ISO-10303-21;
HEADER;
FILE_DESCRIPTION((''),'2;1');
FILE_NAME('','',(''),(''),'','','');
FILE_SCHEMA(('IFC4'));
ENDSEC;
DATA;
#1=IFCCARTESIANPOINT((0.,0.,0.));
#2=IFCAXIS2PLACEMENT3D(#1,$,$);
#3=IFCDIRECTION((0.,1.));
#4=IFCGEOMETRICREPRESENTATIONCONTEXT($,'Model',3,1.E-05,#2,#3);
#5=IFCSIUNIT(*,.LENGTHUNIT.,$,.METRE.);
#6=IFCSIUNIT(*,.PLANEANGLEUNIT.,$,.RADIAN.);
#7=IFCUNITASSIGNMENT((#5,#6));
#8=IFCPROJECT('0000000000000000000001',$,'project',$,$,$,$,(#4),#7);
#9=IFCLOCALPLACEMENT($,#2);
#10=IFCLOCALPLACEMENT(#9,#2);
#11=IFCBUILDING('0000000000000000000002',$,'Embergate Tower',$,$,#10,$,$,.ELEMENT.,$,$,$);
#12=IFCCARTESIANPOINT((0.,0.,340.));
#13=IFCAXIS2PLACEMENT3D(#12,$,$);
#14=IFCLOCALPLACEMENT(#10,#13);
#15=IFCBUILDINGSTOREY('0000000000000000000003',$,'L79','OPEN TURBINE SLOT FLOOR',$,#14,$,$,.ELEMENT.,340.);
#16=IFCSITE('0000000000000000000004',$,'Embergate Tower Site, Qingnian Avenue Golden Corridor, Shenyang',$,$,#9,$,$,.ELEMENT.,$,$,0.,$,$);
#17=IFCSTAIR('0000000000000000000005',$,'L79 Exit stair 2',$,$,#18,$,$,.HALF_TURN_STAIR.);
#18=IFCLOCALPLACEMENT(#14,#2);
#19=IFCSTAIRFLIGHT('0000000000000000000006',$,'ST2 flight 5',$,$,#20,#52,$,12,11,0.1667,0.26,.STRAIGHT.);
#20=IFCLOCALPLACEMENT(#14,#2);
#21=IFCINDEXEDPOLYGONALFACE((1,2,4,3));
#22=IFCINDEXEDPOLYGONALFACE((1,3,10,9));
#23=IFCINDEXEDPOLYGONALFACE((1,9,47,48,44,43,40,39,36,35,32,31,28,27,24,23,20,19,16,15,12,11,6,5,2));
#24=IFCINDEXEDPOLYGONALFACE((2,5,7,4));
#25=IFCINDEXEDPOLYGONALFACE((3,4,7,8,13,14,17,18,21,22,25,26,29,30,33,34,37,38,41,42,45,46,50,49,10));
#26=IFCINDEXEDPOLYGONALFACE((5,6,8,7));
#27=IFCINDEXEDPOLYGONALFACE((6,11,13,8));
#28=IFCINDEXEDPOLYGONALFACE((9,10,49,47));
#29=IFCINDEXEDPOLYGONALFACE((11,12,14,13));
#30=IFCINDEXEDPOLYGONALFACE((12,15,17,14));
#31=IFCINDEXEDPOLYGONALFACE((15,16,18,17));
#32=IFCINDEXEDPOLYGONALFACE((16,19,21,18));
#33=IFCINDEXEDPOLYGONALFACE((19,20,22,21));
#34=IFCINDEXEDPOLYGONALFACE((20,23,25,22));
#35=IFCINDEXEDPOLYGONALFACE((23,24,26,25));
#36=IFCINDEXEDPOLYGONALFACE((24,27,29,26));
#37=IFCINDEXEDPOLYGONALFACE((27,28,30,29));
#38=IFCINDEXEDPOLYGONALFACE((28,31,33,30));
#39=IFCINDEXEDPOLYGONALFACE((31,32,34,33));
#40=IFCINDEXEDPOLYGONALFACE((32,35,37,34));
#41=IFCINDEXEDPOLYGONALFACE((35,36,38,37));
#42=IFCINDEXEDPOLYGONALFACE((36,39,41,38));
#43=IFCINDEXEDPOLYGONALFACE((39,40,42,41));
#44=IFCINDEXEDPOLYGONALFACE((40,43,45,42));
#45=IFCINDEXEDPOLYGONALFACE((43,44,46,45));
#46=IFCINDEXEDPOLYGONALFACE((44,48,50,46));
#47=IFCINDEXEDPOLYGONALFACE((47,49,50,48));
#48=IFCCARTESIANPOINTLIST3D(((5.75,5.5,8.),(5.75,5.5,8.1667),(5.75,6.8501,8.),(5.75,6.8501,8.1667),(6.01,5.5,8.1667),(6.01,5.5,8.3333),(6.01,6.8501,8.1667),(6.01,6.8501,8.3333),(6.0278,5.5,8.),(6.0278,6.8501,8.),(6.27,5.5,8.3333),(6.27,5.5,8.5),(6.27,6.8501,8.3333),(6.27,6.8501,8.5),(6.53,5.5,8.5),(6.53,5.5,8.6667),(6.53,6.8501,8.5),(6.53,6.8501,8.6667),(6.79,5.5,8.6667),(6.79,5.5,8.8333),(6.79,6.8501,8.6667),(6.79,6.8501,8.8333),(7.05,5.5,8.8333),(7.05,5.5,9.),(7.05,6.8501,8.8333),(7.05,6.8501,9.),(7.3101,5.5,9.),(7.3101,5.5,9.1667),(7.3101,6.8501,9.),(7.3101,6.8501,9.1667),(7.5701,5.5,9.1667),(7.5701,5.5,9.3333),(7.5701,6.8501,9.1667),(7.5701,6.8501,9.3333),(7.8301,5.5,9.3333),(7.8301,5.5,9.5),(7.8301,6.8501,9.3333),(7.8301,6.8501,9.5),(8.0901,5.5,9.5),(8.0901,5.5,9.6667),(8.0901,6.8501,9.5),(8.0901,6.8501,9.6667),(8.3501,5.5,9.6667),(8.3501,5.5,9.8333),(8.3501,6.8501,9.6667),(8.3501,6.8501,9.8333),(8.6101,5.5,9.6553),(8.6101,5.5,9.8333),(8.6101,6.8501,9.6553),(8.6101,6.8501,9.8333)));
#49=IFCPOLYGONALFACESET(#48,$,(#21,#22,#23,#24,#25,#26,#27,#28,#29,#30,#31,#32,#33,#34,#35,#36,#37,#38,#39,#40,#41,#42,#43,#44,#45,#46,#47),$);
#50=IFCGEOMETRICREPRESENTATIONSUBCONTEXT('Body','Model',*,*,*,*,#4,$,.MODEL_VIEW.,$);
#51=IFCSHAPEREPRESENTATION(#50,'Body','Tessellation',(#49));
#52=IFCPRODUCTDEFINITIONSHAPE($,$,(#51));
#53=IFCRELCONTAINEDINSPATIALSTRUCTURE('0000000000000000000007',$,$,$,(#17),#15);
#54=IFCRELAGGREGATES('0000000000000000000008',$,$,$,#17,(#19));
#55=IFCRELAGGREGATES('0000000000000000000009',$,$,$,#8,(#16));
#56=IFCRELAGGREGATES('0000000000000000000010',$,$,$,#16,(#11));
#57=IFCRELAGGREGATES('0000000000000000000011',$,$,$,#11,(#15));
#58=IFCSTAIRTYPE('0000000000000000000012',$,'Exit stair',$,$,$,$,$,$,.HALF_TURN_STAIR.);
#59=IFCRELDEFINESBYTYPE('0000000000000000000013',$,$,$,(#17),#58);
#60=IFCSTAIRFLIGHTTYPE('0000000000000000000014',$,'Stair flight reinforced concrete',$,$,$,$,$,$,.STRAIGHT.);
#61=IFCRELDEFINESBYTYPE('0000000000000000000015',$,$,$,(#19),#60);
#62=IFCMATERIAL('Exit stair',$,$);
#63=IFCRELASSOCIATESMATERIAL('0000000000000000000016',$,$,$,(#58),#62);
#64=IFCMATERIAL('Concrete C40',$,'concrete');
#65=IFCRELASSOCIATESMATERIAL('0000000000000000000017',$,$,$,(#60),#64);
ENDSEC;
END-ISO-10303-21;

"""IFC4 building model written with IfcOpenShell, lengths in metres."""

from ifc_helpers import new_model, si_unit, direction, frame, origin, place, context, subcontext, project, spatial, polyline, outline, extrude, source, transform, mapped, material, type_object, element, aggregate, save


model = new_model("IFC4")

# Units and contexts
model_context = context("Model", 3, precision=1e-05, world=origin(), true_north=direction((0.0, 1.0)))
body_context = subcontext(model_context, "Body", "Model", "MODEL_VIEW")
ifc_project = project(units=[si_unit("LENGTHUNIT", "METRE"), si_unit("PLANEANGLEUNIT", "RADIAN")], contexts=[model_context])

# Site, building, storey
site_placement = place(None, origin())
site = spatial("IfcSite", under=ifc_project, at=site_placement, Name="Embergate Tower Site, Qingnian Avenue Golden Corridor, Shenyang", CompositionType="ELEMENT", RefElevation=0.0)
building_placement = place(site_placement, origin())
building = spatial("IfcBuilding", under=site, at=building_placement, Name="Embergate Tower", CompositionType="ELEMENT")
storey_placement = place(building_placement, frame((0.0, 0.0, 340.0)))
storey = spatial("IfcBuildingStorey", under=building, at=storey_placement, Name="L79", Description="OPEN TURBINE SLOT FLOOR", CompositionType="ELEMENT", Elevation=340.0)

# Stair
ifc_material_1 = material(Name="Exit stair")
stair_type = type_object("IfcStairType", Name="Exit stair", PredefinedType="HALF_TURN_STAIR", material=ifc_material_1)
stair_placement = place(storey_placement, origin())
stair = element("IfcStair", 1, at=stair_placement, inside=storey, type_object=stair_type, Name="L79 Exit stair 2", PredefinedType="HALF_TURN_STAIR")
ifc_material_2 = material(Name="Concrete C40", Category="concrete")

# Stair flight
stair_flight_type = type_object("IfcStairFlightType", Name="Stair flight reinforced concrete", PredefinedType="STRAIGHT", material=ifc_material_2)
shared_shape_1 = source(origin(), body_context, "Body", "SweptSolid", [
    extrude(outline(polyline([(0.0, 0.0), (0.0, 0.1667), (0.26, 0.1667), (0.26, 0.3333), (0.52, 0.3333), (0.52, 0.5), (0.78, 0.5), (0.78, 0.6667), (1.04, 0.6667), (1.04, 0.8333), (1.3, 0.8333), (1.3, 1.0), (1.5601, 1.0), (1.5601, 1.1667), (1.8201, 1.1667), (1.8201, 1.3333), (2.0801, 1.3333), (2.0801, 1.5), (2.3401, 1.5), (2.3401, 1.6667), (2.6001, 1.6667), (2.6001, 1.8333), (2.8601, 1.8333), (2.8601, 2.0), (2.8601, 1.6553), (0.2778, 0.0), (0.0, 0.0)])), frame((0.0, 0.675, 0.0), z_axis=(0.0, -1.0, 0.0), x_axis=(1.0, 0.0, 0.0)), (0.0, 0.0, 1.0), 1.3501),
])
stair_flight_1_placement = place(storey_placement, frame((5.75, 6.175, 8.0), z_axis=(0.0, 0.0, 1.0), x_axis=(1.0, 0.0, 0.0)))
stair_flight_1 = element("IfcStairFlight", 2, at=stair_flight_1_placement, type_object=stair_flight_type, Name="ST2 flight 5", NumberOfRisers=12, NumberOfTreads=11, PredefinedType="STRAIGHT", RiserHeight=0.1667, TreadLength=0.26, context=body_context, shape_type="MappedRepresentation", body=[
    mapped(shared_shape_1, transform((0.0, 0.0, 0.0))),
])
aggregate(stair, [stair_flight_1])

save(model, "model.ifc")
